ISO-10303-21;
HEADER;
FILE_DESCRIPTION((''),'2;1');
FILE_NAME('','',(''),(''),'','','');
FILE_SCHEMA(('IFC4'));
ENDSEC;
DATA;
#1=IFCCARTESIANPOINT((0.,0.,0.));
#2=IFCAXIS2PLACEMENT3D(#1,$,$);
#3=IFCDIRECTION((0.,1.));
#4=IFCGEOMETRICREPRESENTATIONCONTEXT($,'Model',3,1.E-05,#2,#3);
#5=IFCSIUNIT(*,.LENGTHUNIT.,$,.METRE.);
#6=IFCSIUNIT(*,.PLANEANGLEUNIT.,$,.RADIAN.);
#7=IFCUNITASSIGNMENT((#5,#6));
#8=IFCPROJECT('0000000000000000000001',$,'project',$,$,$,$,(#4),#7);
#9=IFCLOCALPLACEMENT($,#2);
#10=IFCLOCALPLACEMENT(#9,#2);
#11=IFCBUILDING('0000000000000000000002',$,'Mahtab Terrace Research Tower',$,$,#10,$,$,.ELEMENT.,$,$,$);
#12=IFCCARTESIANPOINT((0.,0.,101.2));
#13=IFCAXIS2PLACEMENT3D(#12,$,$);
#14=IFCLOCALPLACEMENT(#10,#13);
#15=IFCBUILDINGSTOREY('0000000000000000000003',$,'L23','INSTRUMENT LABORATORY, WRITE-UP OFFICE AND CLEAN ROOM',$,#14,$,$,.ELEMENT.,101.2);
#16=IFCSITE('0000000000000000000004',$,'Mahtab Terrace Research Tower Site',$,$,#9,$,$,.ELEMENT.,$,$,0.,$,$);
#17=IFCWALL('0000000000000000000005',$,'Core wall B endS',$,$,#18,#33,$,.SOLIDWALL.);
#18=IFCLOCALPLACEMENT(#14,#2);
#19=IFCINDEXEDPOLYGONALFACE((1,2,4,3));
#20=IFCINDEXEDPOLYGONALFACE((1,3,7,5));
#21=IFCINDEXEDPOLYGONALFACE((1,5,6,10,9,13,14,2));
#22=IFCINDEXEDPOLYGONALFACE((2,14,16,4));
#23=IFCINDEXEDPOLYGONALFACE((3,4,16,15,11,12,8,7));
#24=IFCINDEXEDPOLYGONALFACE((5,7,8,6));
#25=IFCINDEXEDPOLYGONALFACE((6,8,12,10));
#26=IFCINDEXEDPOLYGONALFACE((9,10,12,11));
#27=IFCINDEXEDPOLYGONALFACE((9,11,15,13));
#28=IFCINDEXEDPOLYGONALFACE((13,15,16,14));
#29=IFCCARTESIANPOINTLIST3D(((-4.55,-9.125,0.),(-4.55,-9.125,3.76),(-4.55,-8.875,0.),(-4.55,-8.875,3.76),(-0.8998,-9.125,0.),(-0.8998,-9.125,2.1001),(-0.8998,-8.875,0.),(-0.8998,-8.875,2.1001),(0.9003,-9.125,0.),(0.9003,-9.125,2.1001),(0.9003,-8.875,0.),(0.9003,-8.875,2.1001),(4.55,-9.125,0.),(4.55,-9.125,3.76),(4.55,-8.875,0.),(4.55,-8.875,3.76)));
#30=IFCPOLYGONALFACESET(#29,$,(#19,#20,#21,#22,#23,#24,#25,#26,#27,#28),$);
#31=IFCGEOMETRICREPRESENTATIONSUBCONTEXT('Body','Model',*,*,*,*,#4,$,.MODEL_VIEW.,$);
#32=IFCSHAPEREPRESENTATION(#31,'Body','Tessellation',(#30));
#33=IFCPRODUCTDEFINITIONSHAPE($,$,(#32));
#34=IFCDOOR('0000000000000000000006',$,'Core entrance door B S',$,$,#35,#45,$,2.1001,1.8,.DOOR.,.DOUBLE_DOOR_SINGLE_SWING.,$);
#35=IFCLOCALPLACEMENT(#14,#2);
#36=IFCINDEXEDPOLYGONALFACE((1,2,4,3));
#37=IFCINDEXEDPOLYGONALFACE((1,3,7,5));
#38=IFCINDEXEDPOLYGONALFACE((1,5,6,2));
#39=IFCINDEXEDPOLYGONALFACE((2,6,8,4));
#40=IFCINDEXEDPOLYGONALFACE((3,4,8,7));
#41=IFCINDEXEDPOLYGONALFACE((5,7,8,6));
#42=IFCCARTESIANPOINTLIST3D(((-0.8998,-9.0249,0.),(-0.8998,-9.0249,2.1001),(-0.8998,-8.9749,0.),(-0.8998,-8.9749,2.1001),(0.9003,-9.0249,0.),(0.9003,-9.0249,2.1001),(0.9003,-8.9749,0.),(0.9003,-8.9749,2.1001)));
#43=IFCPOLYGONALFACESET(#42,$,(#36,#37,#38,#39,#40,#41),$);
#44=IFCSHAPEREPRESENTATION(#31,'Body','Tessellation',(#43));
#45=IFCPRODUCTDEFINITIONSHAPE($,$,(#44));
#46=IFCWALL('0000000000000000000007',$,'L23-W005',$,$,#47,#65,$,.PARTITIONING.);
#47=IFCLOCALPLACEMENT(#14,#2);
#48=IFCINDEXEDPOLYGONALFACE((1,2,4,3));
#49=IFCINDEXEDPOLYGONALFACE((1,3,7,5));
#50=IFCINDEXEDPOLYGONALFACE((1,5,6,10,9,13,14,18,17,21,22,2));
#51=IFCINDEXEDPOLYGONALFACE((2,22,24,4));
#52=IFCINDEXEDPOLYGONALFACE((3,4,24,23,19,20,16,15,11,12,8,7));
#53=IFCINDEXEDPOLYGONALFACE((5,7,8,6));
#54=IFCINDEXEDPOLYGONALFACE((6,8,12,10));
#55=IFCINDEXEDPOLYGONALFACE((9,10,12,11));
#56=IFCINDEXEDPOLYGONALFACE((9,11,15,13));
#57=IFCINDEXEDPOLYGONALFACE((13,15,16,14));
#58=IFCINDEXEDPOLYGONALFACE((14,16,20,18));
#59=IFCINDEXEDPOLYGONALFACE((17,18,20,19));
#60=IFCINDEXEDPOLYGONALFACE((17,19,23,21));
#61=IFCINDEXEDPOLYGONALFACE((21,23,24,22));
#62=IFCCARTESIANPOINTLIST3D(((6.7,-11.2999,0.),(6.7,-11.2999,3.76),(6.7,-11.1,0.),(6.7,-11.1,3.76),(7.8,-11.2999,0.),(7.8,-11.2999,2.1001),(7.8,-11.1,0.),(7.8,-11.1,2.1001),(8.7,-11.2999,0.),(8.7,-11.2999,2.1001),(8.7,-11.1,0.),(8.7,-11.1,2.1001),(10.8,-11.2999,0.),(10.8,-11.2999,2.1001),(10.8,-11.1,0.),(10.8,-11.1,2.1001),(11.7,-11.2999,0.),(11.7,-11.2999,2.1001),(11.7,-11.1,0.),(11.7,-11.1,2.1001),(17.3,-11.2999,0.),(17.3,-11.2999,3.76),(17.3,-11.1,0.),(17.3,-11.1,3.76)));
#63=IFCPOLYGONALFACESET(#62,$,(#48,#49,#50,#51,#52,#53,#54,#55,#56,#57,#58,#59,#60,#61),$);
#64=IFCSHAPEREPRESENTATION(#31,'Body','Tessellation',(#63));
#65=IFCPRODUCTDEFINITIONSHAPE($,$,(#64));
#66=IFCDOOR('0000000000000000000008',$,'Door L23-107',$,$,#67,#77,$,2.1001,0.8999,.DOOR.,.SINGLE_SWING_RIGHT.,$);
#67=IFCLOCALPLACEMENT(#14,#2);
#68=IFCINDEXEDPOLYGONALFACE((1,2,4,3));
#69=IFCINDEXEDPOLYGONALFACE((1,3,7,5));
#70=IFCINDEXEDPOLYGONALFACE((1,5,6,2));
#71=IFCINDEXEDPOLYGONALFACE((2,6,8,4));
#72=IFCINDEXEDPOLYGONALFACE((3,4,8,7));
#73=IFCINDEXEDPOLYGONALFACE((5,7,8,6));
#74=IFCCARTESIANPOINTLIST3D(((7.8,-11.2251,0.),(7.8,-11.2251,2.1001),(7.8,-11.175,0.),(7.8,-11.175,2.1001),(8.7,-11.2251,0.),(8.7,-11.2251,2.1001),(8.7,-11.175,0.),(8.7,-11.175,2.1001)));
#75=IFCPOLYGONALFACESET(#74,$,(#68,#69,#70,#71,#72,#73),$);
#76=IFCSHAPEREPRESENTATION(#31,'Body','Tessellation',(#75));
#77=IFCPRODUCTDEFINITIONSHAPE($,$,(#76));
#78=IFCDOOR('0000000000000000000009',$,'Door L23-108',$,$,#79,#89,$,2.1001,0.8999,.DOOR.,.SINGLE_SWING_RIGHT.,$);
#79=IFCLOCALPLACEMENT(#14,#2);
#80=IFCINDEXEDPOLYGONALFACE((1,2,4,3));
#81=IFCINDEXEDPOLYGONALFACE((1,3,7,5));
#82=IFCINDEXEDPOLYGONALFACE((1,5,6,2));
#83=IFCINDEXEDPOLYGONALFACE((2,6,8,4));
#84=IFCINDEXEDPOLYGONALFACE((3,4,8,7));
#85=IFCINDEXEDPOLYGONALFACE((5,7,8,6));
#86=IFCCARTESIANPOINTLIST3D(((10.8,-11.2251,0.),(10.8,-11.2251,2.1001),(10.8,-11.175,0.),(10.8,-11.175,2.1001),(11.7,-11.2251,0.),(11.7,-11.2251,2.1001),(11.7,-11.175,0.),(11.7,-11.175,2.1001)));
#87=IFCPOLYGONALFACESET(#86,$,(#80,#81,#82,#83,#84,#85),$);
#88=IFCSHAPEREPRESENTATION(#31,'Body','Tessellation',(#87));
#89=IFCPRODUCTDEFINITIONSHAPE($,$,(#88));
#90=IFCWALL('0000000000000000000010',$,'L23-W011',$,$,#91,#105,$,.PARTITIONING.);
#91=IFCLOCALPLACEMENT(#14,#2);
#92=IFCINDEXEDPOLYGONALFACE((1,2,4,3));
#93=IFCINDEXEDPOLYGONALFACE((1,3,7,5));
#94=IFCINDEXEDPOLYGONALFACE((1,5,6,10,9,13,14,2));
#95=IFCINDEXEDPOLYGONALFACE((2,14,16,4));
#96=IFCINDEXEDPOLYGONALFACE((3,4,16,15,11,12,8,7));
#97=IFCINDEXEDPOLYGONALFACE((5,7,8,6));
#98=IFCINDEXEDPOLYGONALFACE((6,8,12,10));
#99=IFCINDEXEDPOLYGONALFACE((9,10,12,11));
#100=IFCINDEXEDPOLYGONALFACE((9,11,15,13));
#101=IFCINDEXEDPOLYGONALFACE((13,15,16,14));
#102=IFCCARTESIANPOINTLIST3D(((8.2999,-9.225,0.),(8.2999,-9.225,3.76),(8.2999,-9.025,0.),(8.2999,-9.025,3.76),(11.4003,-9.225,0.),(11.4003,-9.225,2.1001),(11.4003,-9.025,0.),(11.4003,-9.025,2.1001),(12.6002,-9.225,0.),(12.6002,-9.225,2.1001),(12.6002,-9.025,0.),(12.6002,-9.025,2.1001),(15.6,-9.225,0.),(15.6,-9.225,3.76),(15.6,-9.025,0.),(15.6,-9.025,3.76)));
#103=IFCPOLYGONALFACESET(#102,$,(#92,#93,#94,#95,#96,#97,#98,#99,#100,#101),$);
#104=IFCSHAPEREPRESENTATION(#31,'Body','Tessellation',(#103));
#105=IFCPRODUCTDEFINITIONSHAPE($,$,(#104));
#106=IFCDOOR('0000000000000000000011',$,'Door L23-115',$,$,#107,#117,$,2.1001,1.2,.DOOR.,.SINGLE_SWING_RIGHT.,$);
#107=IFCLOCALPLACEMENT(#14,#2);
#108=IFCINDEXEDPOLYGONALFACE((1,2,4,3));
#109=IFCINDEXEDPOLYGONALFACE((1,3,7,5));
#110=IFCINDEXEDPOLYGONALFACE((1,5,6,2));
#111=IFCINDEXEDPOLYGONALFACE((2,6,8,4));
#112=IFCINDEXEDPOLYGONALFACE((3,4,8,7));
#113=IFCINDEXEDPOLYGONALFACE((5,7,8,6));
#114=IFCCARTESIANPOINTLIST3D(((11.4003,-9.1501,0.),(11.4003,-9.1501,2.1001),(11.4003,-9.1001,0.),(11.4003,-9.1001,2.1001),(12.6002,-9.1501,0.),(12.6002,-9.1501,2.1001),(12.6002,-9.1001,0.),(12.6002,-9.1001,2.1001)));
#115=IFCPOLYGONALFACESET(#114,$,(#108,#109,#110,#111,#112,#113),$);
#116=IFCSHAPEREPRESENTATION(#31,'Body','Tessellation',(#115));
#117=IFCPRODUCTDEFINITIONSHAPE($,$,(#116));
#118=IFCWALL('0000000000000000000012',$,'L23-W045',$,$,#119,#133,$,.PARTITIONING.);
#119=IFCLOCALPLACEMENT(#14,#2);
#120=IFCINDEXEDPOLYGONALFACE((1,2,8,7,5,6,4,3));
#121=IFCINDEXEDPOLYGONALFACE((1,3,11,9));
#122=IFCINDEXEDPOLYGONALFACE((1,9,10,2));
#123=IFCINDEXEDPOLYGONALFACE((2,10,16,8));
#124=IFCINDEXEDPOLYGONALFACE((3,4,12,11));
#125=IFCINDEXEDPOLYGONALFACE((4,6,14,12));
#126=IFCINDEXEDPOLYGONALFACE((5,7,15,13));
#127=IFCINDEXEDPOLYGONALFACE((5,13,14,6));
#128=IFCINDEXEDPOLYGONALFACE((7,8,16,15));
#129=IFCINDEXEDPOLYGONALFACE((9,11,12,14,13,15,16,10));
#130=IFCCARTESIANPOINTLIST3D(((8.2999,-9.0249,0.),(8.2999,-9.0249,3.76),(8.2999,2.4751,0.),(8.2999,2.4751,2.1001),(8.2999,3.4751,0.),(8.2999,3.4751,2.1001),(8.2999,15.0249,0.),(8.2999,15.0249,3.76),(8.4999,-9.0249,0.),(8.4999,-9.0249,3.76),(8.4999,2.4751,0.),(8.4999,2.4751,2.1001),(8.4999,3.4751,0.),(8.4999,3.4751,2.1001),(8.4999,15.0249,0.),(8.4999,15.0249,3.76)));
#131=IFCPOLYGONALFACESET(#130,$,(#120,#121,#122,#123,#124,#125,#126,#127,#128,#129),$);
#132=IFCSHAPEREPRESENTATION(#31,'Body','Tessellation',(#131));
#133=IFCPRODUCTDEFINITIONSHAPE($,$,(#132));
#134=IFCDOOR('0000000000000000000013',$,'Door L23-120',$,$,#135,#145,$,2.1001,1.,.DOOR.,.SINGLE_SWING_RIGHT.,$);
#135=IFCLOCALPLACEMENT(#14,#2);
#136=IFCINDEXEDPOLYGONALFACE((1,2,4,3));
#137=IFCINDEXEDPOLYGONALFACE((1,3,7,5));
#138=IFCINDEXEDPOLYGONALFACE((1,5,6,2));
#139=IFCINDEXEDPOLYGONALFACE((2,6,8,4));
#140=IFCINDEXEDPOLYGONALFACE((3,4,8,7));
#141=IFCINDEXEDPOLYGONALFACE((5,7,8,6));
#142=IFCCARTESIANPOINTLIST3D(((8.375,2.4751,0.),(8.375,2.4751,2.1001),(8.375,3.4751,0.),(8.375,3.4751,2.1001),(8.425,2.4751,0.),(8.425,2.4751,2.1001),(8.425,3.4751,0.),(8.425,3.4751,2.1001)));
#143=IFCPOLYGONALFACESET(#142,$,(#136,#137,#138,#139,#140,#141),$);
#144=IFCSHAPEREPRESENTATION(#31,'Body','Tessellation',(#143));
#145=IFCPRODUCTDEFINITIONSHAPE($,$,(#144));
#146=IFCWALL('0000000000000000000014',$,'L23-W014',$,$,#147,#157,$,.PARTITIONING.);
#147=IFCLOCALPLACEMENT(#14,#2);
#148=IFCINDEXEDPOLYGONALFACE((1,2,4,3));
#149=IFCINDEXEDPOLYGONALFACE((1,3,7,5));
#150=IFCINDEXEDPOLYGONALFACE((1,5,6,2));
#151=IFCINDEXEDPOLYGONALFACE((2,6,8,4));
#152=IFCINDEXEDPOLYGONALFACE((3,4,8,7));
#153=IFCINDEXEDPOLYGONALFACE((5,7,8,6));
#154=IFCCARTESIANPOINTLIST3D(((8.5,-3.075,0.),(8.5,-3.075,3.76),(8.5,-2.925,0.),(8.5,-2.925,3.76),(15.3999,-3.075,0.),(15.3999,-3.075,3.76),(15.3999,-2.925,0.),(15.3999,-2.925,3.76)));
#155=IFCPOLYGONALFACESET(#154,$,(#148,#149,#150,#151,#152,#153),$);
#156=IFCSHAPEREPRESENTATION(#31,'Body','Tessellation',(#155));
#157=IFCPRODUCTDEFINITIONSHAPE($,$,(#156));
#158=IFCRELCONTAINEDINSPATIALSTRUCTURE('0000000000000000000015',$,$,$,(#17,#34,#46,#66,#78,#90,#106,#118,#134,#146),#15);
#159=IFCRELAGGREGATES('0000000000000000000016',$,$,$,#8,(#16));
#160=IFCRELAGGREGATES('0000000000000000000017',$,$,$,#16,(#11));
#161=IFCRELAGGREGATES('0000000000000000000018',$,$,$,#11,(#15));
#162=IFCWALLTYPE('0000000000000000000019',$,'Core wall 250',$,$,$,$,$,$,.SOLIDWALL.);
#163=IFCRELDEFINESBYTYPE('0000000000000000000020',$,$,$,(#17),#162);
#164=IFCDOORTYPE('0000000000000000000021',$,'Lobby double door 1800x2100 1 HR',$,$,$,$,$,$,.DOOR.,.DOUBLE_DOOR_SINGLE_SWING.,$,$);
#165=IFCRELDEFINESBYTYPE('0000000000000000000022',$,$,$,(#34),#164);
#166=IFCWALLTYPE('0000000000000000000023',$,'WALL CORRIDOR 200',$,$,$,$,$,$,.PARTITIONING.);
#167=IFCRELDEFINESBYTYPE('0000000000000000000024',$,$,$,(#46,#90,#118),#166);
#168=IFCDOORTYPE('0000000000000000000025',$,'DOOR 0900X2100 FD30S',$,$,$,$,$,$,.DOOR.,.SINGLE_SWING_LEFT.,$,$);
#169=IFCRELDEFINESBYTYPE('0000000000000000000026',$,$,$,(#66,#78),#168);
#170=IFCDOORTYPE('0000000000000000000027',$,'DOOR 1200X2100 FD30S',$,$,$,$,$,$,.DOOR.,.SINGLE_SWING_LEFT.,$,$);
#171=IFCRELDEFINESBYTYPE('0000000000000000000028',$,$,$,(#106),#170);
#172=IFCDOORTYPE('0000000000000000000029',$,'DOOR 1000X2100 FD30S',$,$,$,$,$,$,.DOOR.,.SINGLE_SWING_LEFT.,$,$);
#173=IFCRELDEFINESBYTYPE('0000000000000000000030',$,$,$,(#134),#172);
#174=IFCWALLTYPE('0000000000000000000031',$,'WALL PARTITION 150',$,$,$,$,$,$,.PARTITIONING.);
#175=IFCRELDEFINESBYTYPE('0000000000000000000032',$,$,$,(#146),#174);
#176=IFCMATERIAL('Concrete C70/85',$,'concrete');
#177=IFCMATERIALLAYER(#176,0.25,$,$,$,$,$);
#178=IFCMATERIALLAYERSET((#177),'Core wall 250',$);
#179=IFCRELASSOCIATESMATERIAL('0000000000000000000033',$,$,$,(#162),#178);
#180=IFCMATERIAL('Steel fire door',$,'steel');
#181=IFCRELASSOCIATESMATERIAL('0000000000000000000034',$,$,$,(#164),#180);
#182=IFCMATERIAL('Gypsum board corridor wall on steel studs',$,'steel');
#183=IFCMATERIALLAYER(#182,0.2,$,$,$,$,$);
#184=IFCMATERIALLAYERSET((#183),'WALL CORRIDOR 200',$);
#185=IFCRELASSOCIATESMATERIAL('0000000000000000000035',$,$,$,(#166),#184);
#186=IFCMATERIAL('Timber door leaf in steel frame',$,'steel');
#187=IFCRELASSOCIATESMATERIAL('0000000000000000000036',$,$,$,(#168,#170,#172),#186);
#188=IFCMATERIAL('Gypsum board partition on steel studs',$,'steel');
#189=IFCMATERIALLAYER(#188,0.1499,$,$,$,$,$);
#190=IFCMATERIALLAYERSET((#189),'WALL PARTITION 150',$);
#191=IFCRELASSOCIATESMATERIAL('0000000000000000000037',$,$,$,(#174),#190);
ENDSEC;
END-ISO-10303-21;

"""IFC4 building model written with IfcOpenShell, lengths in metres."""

from ifc_helpers import new_model, si_unit, direction, frame, frame_2d, origin, place, context, subcontext, project, spatial, rectangle, extrude, material, layer, layer_set, type_object, element, fill, save


model = new_model("IFC4")

# Units and contexts
model_context = context("Model", 3, precision=1e-05, world=origin(), true_north=direction((0.0, 1.0)))
body_context = subcontext(model_context, "Body", "Model", "MODEL_VIEW")
ifc_project = project(units=[si_unit("LENGTHUNIT", "METRE"), si_unit("PLANEANGLEUNIT", "RADIAN")], contexts=[model_context])

# Site, building, storey
site_placement = place(None, origin())
site = spatial("IfcSite", under=ifc_project, at=site_placement, Name="Mahtab Terrace Research Tower Site", CompositionType="ELEMENT", RefElevation=0.0)
building_placement = place(site_placement, origin())
building = spatial("IfcBuilding", under=site, at=building_placement, Name="Mahtab Terrace Research Tower", CompositionType="ELEMENT")
storey_placement = place(building_placement, frame((0.0, 0.0, 101.2)))
storey = spatial("IfcBuildingStorey", under=building, at=storey_placement, Name="L23", Description="INSTRUMENT LABORATORY, WRITE-UP OFFICE AND CLEAN ROOM", CompositionType="ELEMENT", Elevation=101.2)

# Shared definitions
ifc_material_1 = material(Name="Concrete C70/85", Category="concrete")

# Shared definitions
ifc_layer_1 = layer(ifc_material_1, 0.25)
ifc_layer_set_1 = layer_set([ifc_layer_1], Name="Core wall 250")
wall_type_1 = type_object("IfcWallType", Name="Core wall 250", PredefinedType="SOLIDWALL", material=ifc_layer_set_1)

# Wall, opening, door
wall_1_placement = place(storey_placement, frame((4.55, -9.0, 0.0), z_axis=(0.0, 0.0, 1.0), x_axis=(-1.0, 0.0, 0.0)))
wall_1 = element("IfcWall", 1, at=wall_1_placement, inside=storey, type_object=wall_type_1, Name="Core wall B endS", PredefinedType="SOLIDWALL", context=body_context, shape_type="SweptSolid", body=[
    extrude(rectangle(XDim=9.1001, YDim=0.25, at=frame_2d((4.55, 0.0))), origin(), (0.0, 0.0, 1.0), 3.76),
])
opening_1_placement = place(wall_1_placement, frame((3.6499, 0.0, 0.0)))
opening_1 = element("IfcOpeningElement", 2, at=opening_1_placement, cuts=wall_1, PredefinedType="OPENING", context=body_context, shape_type="SweptSolid", body=[
    extrude(rectangle(XDim=1.8, YDim=2.1001, at=frame_2d((0.8999, 1.05))), frame((0.0, 0.135, 0.0), z_axis=(0.0, -1.0, 0.0), x_axis=(1.0, 0.0, 0.0)), (0.0, 0.0, 1.0), 0.27),
])
ifc_material_2 = material(Name="Steel fire door", Category="steel")
door_type_1 = type_object("IfcDoorType", Name="Lobby double door 1800x2100 1 HR", OperationType="DOUBLE_DOOR_SINGLE_SWING", PredefinedType="DOOR", material=ifc_material_2)
door_1_placement = place(opening_1_placement, origin())
door_1 = element("IfcDoor", 3, at=door_1_placement, inside=storey, type_object=door_type_1, Name="Core entrance door B S", OperationType="DOUBLE_DOOR_SINGLE_SWING", OverallHeight=2.1001, OverallWidth=1.8, PredefinedType="DOOR", context=body_context, shape_type="SweptSolid", body=[
    extrude(rectangle(XDim=1.8, YDim=2.1001, at=frame_2d((0.8999, 1.05))), frame((0.0, 0.0249, 0.0), z_axis=(0.0, -1.0, 0.0), x_axis=(1.0, 0.0, 0.0)), (0.0, 0.0, 1.0), 0.05),
])
fill(opening_1, door_1)

# Wall, openings, doors
ifc_material_3 = material(Name="Gypsum board corridor wall on steel studs", Category="steel")
ifc_layer_2 = layer(ifc_material_3, 0.2)
ifc_layer_set_2 = layer_set([ifc_layer_2], Name="WALL CORRIDOR 200")
wall_type_2 = type_object("IfcWallType", Name="WALL CORRIDOR 200", PredefinedType="PARTITIONING", material=ifc_layer_set_2)
wall_2_placement = place(storey_placement, frame((6.7, -11.2, 0.0), z_axis=(0.0, 0.0, 1.0), x_axis=(1.0, 0.0, 0.0)))
wall_2 = element("IfcWall", 4, at=wall_2_placement, inside=storey, type_object=wall_type_2, Name="L23-W005", PredefinedType="PARTITIONING", context=body_context, shape_type="SweptSolid", body=[
    extrude(rectangle(XDim=10.6001, YDim=0.2, at=frame_2d((5.3, 0.0))), origin(), (0.0, 0.0, 1.0), 3.76),
])
opening_2_placement = place(wall_2_placement, frame((1.1001, 0.0, 0.0)))
opening_2 = element("IfcOpeningElement", 5, at=opening_2_placement, cuts=wall_2, PredefinedType="OPENING", context=body_context, shape_type="SweptSolid", body=[
    extrude(rectangle(XDim=0.8999, YDim=2.1001, at=frame_2d((0.45, 1.05))), frame((0.0, 0.1099, 0.0), z_axis=(0.0, -1.0, 0.0), x_axis=(1.0, 0.0, 0.0)), (0.0, 0.0, 1.0), 0.22),
])
opening_3_placement = place(wall_2_placement, frame((4.1001, 0.0, 0.0)))
opening_3 = element("IfcOpeningElement", 6, at=opening_3_placement, cuts=wall_2, PredefinedType="OPENING", context=body_context, shape_type="SweptSolid", body=[
    extrude(rectangle(XDim=0.8999, YDim=2.1001, at=frame_2d((0.45, 1.05))), frame((0.0, 0.1099, 0.0), z_axis=(0.0, -1.0, 0.0), x_axis=(1.0, 0.0, 0.0)), (0.0, 0.0, 1.0), 0.22),
])
ifc_material_4 = material(Name="Timber door leaf in steel frame", Category="steel")
door_type_2 = type_object("IfcDoorType", Name="DOOR 0900X2100 FD30S", OperationType="SINGLE_SWING_LEFT", PredefinedType="DOOR", material=ifc_material_4)
door_2_placement = place(opening_2_placement, origin())
door_2 = element("IfcDoor", 7, at=door_2_placement, inside=storey, type_object=door_type_2, Name="Door L23-107", OperationType="SINGLE_SWING_RIGHT", OverallHeight=2.1001, OverallWidth=0.8999, PredefinedType="DOOR", context=body_context, shape_type="SweptSolid", body=[
    extrude(rectangle(XDim=0.8999, YDim=2.1001, at=frame_2d((0.45, 1.05))), frame((0.0, 0.0249, 0.0), z_axis=(0.0, -1.0, 0.0), x_axis=(1.0, 0.0, 0.0)), (0.0, 0.0, 1.0), 0.05),
])
fill(opening_2, door_2)
door_3_placement = place(opening_3_placement, origin())
door_3 = element("IfcDoor", 8, at=door_3_placement, inside=storey, type_object=door_type_2, Name="Door L23-108", OperationType="SINGLE_SWING_RIGHT", OverallHeight=2.1001, OverallWidth=0.8999, PredefinedType="DOOR", context=body_context, shape_type="SweptSolid", body=[
    extrude(rectangle(XDim=0.8999, YDim=2.1001, at=frame_2d((0.45, 1.05))), frame((0.0, 0.0249, 0.0), z_axis=(0.0, -1.0, 0.0), x_axis=(1.0, 0.0, 0.0)), (0.0, 0.0, 1.0), 0.05),
])
fill(opening_3, door_3)

# Walls, openings, doors
wall_3_placement = place(storey_placement, frame((8.3, -9.125, 0.0), z_axis=(0.0, 0.0, 1.0), x_axis=(1.0, 0.0, 0.0)))
wall_3 = element("IfcWall", 9, at=wall_3_placement, inside=storey, type_object=wall_type_2, Name="L23-W011", PredefinedType="PARTITIONING", context=body_context, shape_type="SweptSolid", body=[
    extrude(rectangle(XDim=7.3, YDim=0.2, at=frame_2d((3.6499, 0.0))), origin(), (0.0, 0.0, 1.0), 3.76),
])
opening_4_placement = place(wall_3_placement, frame((3.1001, 0.0, 0.0)))
opening_4 = element("IfcOpeningElement", 10, at=opening_4_placement, cuts=wall_3, PredefinedType="OPENING", context=body_context, shape_type="SweptSolid", body=[
    extrude(rectangle(XDim=1.2, YDim=2.1001, at=frame_2d((0.6001, 1.05))), frame((0.0, 0.1099, 0.0), z_axis=(0.0, -1.0, 0.0), x_axis=(1.0, 0.0, 0.0)), (0.0, 0.0, 1.0), 0.22),
])
door_type_3 = type_object("IfcDoorType", Name="DOOR 1200X2100 FD30S", OperationType="SINGLE_SWING_LEFT", PredefinedType="DOOR", material=ifc_material_4)
door_4_placement = place(opening_4_placement, origin())
door_4 = element("IfcDoor", 11, at=door_4_placement, inside=storey, type_object=door_type_3, Name="Door L23-115", OperationType="SINGLE_SWING_RIGHT", OverallHeight=2.1001, OverallWidth=1.2, PredefinedType="DOOR", context=body_context, shape_type="SweptSolid", body=[
    extrude(rectangle(XDim=1.2, YDim=2.1001, at=frame_2d((0.6001, 1.05))), frame((0.0, 0.0249, 0.0), z_axis=(0.0, -1.0, 0.0), x_axis=(1.0, 0.0, 0.0)), (0.0, 0.0, 1.0), 0.05),
])
fill(opening_4, door_4)
wall_4_placement = place(storey_placement, frame((8.3999, -9.0249, 0.0), z_axis=(0.0, 0.0, 1.0), x_axis=(0.0, 1.0, 0.0)))
wall_4 = element("IfcWall", 12, at=wall_4_placement, inside=storey, type_object=wall_type_2, Name="L23-W045", PredefinedType="PARTITIONING", context=body_context, shape_type="SweptSolid", body=[
    extrude(rectangle(XDim=24.0498, YDim=0.2, at=frame_2d((12.0249, 0.0))), origin(), (0.0, 0.0, 1.0), 3.76),
])
opening_5_placement = place(wall_4_placement, frame((11.5, 0.0, 0.0)))
opening_5 = element("IfcOpeningElement", 13, at=opening_5_placement, cuts=wall_4, PredefinedType="OPENING", context=body_context, shape_type="SweptSolid", body=[
    extrude(rectangle(XDim=1.0, YDim=2.1001, at=frame_2d((0.5, 1.05))), frame((0.0, 0.1099, 0.0), z_axis=(0.0, -1.0, 0.0), x_axis=(1.0, 0.0, 0.0)), (0.0, 0.0, 1.0), 0.22),
])
door_type_4 = type_object("IfcDoorType", Name="DOOR 1000X2100 FD30S", OperationType="SINGLE_SWING_LEFT", PredefinedType="DOOR", material=ifc_material_4)
door_5_placement = place(opening_5_placement, origin())
door_5 = element("IfcDoor", 14, at=door_5_placement, inside=storey, type_object=door_type_4, Name="Door L23-120", OperationType="SINGLE_SWING_RIGHT", OverallHeight=2.1001, OverallWidth=1.0, PredefinedType="DOOR", context=body_context, shape_type="SweptSolid", body=[
    extrude(rectangle(XDim=1.0, YDim=2.1001, at=frame_2d((0.5, 1.05))), frame((0.0, 0.0249, 0.0), z_axis=(0.0, -1.0, 0.0), x_axis=(1.0, 0.0, 0.0)), (0.0, 0.0, 1.0), 0.05),
])
fill(opening_5, door_5)

# Wall
ifc_material_5 = material(Name="Gypsum board partition on steel studs", Category="steel")
ifc_layer_3 = layer(ifc_material_5, 0.1499)
ifc_layer_set_3 = layer_set([ifc_layer_3], Name="WALL PARTITION 150")
wall_type_3 = type_object("IfcWallType", Name="WALL PARTITION 150", PredefinedType="PARTITIONING", material=ifc_layer_set_3)
wall_5_placement = place(storey_placement, frame((8.5, -3.0, 0.0), z_axis=(0.0, 0.0, 1.0), x_axis=(1.0, 0.0, 0.0)))
element("IfcWall", 15, at=wall_5_placement, inside=storey, type_object=wall_type_3, Name="L23-W014", PredefinedType="PARTITIONING", context=body_context, shape_type="SweptSolid", body=[
    extrude(rectangle(XDim=6.8999, YDim=0.1499, at=frame_2d((3.45, 0.0))), origin(), (0.0, 0.0, 1.0), 3.76),
])

save(model, "model.ifc")
